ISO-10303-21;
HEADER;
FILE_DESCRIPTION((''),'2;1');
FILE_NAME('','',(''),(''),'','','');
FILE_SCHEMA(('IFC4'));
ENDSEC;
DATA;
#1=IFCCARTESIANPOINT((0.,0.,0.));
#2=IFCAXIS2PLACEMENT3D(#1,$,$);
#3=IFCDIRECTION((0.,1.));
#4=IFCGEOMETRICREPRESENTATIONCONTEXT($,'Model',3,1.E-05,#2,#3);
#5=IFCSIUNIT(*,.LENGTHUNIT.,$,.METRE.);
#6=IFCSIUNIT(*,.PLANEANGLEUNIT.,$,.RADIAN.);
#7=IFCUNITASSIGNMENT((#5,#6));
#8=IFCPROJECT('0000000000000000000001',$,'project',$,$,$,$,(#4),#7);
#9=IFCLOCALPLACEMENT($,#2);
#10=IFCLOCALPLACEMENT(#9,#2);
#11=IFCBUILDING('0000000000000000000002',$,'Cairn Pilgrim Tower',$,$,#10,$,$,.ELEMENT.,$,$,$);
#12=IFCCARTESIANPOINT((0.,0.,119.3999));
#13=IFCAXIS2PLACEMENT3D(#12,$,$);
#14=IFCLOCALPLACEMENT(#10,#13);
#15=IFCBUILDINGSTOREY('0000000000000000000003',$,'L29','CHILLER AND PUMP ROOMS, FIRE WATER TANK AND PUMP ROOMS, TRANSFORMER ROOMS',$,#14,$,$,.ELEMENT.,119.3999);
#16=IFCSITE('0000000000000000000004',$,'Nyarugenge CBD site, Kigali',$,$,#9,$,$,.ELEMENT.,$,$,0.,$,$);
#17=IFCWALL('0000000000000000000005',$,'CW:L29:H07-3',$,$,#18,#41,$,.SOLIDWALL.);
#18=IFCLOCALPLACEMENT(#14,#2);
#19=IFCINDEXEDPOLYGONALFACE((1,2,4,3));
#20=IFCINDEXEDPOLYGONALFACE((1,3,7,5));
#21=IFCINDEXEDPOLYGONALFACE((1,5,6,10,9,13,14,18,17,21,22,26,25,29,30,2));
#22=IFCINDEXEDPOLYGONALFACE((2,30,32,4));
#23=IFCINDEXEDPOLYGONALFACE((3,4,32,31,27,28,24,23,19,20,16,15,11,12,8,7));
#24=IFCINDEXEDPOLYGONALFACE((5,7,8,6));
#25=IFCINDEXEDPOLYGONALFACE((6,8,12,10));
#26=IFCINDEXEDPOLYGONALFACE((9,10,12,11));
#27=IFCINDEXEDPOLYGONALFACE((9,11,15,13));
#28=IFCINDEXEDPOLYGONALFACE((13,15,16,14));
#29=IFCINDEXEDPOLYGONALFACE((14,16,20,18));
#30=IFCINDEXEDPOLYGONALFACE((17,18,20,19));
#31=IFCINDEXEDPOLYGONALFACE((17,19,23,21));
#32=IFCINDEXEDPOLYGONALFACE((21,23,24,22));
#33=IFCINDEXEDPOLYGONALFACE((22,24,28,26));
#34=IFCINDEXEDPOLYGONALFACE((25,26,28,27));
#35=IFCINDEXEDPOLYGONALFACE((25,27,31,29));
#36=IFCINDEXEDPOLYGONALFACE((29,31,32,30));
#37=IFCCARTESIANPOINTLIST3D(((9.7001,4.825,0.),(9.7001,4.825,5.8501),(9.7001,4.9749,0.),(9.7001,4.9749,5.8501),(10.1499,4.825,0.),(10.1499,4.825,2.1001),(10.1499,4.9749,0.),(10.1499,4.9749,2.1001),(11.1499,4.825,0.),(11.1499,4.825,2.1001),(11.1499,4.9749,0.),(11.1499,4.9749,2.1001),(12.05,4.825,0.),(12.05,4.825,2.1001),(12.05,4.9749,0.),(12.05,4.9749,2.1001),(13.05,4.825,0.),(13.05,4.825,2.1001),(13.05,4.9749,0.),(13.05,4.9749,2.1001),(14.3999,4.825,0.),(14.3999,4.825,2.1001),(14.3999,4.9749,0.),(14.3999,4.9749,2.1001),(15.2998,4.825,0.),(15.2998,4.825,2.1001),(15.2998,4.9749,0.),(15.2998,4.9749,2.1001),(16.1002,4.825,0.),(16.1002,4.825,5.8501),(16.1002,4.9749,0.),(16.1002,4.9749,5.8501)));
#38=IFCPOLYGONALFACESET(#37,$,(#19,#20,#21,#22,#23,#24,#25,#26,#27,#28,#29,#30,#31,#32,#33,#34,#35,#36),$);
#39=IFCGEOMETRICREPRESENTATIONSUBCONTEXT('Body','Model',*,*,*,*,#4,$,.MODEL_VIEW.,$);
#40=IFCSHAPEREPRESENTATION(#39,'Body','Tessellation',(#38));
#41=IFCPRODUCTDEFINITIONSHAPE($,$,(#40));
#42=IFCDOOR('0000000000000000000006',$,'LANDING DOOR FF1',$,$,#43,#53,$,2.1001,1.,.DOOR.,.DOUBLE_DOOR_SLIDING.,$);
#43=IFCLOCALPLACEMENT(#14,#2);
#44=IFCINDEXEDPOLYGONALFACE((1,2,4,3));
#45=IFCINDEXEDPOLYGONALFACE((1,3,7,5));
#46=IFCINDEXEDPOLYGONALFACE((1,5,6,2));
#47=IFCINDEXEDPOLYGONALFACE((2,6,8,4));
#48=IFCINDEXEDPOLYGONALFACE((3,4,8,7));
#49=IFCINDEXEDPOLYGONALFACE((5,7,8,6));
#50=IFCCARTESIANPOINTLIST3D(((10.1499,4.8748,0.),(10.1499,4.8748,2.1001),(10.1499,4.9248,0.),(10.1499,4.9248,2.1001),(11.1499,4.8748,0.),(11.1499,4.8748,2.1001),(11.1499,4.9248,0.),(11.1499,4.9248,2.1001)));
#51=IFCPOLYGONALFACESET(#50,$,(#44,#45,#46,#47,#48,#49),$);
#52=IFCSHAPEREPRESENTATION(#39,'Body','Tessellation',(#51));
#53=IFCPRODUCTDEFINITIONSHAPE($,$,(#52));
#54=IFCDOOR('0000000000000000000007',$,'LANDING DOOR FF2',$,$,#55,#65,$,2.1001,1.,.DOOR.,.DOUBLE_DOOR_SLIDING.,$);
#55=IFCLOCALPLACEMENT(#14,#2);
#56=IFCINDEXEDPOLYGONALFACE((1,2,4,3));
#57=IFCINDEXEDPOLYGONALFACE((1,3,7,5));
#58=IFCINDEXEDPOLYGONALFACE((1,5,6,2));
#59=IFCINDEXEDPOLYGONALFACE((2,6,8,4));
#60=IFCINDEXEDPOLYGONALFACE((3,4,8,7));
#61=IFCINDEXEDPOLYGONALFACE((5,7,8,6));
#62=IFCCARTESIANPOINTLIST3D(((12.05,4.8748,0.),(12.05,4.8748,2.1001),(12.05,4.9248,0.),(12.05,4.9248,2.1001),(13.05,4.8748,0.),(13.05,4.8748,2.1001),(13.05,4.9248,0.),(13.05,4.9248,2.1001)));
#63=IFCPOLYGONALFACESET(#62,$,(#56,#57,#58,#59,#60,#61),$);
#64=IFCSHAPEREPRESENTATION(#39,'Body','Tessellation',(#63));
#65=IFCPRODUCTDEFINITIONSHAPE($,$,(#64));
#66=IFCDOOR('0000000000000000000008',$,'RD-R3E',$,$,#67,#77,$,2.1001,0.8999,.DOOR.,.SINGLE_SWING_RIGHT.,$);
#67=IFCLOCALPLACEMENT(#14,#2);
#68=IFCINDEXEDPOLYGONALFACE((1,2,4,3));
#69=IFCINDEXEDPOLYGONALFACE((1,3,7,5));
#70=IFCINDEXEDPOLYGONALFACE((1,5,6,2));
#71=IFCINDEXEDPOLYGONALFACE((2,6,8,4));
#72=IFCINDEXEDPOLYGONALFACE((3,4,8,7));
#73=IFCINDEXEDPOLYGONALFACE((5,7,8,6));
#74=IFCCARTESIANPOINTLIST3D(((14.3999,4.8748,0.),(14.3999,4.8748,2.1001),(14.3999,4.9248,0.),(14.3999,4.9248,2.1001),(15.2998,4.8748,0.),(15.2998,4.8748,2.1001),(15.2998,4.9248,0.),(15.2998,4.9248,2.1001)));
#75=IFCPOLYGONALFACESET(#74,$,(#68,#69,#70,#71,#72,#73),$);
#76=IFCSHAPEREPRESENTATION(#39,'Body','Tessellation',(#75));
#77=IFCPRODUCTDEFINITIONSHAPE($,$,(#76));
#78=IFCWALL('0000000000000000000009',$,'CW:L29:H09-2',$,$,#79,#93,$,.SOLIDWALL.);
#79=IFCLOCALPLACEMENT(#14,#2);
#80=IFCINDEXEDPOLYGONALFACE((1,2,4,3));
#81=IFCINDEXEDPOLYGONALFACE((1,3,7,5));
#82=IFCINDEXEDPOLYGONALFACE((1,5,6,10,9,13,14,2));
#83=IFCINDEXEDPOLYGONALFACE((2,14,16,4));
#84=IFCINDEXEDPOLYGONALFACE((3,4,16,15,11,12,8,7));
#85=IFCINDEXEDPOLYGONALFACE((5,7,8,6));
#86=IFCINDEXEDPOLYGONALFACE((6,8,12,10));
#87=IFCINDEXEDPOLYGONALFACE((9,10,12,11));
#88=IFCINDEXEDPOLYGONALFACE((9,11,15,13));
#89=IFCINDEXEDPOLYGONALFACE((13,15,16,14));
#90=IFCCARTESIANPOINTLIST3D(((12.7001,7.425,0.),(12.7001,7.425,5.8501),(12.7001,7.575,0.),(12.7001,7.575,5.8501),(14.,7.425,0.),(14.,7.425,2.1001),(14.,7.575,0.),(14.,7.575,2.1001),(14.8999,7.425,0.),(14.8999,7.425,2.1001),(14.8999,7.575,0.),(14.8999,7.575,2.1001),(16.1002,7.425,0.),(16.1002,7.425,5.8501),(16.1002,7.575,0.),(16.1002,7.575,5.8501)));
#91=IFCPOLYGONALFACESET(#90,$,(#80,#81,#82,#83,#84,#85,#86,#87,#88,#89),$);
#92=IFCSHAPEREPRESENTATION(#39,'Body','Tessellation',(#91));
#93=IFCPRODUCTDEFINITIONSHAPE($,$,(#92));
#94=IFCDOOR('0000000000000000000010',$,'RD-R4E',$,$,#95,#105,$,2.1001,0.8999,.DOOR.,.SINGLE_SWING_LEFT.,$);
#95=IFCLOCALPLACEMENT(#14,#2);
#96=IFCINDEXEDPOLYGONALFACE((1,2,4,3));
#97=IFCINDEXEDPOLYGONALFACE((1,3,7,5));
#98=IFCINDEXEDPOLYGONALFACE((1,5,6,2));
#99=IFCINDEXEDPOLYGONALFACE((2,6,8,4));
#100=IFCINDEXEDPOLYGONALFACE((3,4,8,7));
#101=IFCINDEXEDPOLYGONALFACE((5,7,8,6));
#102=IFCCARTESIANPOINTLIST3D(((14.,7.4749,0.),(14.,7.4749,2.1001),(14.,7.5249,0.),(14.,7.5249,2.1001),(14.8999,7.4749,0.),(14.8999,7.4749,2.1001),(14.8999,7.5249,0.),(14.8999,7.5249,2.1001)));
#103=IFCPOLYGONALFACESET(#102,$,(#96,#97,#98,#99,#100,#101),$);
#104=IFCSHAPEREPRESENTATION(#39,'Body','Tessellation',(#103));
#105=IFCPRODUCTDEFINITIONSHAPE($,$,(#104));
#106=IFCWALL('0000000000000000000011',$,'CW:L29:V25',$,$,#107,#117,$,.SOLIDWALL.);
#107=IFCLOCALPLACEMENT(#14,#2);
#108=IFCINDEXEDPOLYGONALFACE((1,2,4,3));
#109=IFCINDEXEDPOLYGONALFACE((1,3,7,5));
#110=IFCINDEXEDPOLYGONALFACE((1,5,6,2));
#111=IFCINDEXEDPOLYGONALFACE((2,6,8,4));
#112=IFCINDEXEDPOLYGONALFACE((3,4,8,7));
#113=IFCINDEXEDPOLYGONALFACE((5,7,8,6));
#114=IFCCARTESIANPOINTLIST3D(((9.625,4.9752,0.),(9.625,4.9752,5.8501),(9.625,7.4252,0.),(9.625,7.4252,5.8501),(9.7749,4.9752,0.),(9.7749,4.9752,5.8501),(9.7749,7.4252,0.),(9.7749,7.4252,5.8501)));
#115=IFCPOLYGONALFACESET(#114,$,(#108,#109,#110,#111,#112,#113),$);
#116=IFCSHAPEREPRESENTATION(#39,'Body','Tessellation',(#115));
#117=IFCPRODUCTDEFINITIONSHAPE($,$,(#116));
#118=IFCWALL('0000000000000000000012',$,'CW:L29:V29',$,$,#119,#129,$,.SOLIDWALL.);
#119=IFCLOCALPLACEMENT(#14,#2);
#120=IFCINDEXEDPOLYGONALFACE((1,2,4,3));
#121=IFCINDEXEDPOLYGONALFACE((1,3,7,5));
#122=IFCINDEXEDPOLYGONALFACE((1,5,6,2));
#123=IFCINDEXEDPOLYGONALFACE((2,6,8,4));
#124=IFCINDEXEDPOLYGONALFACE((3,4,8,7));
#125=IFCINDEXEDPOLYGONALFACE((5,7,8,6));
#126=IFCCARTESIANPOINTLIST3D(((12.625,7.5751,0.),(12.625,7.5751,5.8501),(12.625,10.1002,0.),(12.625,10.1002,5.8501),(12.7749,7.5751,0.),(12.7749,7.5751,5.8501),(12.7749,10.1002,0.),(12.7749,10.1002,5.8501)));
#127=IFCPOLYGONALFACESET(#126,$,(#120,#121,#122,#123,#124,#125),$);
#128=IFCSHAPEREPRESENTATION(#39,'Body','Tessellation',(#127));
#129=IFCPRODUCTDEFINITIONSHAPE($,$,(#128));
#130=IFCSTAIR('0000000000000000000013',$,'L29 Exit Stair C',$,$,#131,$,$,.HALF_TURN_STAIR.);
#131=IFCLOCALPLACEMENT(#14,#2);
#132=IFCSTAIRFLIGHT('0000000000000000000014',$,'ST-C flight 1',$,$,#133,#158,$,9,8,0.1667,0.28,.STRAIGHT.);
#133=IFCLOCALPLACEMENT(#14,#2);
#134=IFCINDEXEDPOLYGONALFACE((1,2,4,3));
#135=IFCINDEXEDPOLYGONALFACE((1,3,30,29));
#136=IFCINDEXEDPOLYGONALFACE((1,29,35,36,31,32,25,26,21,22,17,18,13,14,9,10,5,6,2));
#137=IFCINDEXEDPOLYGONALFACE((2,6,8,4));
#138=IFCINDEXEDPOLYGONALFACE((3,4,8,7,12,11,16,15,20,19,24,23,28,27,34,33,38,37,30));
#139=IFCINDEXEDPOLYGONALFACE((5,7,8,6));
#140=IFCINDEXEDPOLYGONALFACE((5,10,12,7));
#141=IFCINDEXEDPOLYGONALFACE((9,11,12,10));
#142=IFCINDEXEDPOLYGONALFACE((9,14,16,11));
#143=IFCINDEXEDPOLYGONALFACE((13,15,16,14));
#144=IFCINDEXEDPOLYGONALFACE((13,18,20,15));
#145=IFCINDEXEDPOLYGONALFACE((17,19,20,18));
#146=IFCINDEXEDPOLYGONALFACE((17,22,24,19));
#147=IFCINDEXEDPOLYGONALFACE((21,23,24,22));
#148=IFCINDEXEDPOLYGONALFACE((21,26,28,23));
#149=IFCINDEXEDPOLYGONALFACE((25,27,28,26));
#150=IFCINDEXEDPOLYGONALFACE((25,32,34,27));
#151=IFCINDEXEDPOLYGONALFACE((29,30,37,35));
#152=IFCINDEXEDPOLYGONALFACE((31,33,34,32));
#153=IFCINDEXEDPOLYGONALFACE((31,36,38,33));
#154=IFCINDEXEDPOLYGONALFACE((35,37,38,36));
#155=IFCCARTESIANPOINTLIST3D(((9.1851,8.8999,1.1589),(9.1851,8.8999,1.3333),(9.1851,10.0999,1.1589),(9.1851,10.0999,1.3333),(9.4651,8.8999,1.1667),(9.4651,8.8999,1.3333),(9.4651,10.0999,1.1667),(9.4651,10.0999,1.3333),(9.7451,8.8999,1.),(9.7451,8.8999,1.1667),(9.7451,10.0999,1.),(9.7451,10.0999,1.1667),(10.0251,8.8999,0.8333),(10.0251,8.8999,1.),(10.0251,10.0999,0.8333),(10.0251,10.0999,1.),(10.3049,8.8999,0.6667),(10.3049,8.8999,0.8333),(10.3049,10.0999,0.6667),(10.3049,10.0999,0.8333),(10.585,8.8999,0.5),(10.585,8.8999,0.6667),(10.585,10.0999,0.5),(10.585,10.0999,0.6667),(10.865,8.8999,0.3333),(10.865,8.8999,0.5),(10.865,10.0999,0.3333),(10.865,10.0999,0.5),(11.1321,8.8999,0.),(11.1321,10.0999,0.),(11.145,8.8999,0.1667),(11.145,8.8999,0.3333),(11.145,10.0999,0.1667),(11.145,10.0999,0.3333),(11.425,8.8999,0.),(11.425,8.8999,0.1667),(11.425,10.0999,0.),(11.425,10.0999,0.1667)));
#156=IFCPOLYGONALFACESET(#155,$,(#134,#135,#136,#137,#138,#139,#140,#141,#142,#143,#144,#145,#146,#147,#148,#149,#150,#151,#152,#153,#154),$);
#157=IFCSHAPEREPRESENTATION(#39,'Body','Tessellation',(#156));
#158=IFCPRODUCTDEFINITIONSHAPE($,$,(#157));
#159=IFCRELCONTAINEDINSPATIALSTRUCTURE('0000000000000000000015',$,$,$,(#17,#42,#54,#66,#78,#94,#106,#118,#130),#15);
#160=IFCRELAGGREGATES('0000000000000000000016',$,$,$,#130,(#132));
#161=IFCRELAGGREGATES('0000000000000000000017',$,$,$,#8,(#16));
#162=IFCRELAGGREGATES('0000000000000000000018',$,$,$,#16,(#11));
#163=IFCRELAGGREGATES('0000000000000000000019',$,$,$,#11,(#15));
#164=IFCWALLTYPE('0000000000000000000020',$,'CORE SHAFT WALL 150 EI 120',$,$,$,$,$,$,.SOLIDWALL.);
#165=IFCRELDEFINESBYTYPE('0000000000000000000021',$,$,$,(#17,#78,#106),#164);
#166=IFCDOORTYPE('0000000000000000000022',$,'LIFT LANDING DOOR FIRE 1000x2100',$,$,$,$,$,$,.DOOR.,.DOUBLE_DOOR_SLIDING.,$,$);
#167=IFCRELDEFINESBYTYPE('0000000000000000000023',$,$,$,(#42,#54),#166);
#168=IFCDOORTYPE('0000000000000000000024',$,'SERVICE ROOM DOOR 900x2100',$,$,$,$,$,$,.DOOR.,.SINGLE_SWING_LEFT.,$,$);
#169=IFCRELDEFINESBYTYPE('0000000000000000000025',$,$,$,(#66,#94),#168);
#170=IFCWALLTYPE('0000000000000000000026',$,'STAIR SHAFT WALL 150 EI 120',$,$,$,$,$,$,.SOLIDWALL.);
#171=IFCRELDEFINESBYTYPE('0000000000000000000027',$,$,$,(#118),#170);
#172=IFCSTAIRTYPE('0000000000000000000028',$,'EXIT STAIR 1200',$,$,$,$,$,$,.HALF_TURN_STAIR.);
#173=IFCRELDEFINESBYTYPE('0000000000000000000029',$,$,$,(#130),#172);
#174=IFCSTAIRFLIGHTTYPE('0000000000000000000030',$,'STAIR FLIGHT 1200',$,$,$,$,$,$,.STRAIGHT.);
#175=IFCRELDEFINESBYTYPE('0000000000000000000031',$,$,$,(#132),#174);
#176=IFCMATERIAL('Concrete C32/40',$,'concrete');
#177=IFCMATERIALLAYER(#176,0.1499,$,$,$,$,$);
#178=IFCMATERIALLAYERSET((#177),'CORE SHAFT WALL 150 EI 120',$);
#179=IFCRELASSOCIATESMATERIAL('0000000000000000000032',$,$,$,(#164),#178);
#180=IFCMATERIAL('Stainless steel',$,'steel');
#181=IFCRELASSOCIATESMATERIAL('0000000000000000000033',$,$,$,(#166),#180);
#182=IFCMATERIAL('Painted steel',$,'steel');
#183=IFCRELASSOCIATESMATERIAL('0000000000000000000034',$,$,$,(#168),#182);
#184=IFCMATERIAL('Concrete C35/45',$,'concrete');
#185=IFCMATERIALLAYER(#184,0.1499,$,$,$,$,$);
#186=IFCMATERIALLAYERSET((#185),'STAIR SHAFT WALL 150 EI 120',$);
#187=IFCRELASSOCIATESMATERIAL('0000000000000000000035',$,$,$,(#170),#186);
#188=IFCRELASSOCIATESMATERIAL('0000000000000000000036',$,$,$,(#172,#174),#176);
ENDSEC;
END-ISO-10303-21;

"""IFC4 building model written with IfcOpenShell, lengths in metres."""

from ifc_helpers import new_model, si_unit, direction, frame, frame_2d, origin, place, context, subcontext, project, spatial, polyline, rectangle, outline, extrude, material, layer, layer_set, type_object, element, fill, aggregate, save


model = new_model("IFC4")

# Units and contexts
model_context = context("Model", 3, precision=1e-05, world=origin(), true_north=direction((0.0, 1.0)))
body_context = subcontext(model_context, "Body", "Model", "MODEL_VIEW")
ifc_project = project(units=[si_unit("LENGTHUNIT", "METRE"), si_unit("PLANEANGLEUNIT", "RADIAN")], contexts=[model_context])

# Site, building, storey
site_placement = place(None, origin())
site = spatial("IfcSite", under=ifc_project, at=site_placement, Name="Nyarugenge CBD site, Kigali", CompositionType="ELEMENT", RefElevation=0.0)
building_placement = place(site_placement, origin())
building = spatial("IfcBuilding", under=site, at=building_placement, Name="Cairn Pilgrim Tower", CompositionType="ELEMENT")
storey_placement = place(building_placement, frame((0.0, 0.0, 119.3999)))
storey = spatial("IfcBuildingStorey", under=building, at=storey_placement, Name="L29", Description="CHILLER AND PUMP ROOMS, FIRE WATER TANK AND PUMP ROOMS, TRANSFORMER ROOMS", CompositionType="ELEMENT", Elevation=119.3999)

# Wall, openings, doors
ifc_material_1 = material(Name="Concrete C32/40", Category="concrete")
ifc_layer_1 = layer(ifc_material_1, 0.1499)
ifc_layer_set_1 = layer_set([ifc_layer_1], Name="CORE SHAFT WALL 150 EI 120")
wall_type_1 = type_object("IfcWallType", Name="CORE SHAFT WALL 150 EI 120", PredefinedType="SOLIDWALL", material=ifc_layer_set_1)
wall_1_placement = place(storey_placement, frame((9.7, 4.8999, 0.0), z_axis=(0.0, 0.0, 1.0), x_axis=(1.0, 0.0, 0.0)))
wall_1 = element("IfcWall", 1, at=wall_1_placement, inside=storey, type_object=wall_type_1, Name="CW:L29:H07-3", PredefinedType="SOLIDWALL", context=body_context, shape_type="SweptSolid", body=[
    extrude(rectangle(XDim=6.4001, YDim=0.1499, at=frame_2d((3.2002, 0.0))), origin(), (0.0, 0.0, 1.0), 5.8501),
])
opening_1_placement = place(wall_1_placement, frame((0.45, 0.0, 0.0)))
opening_1 = element("IfcOpeningElement", 2, at=opening_1_placement, cuts=wall_1, PredefinedType="OPENING", context=body_context, shape_type="SweptSolid", body=[
    extrude(rectangle(XDim=1.0, YDim=2.1001, at=frame_2d((0.5, 1.05))), frame((0.0, 0.085, 0.0), z_axis=(0.0, -1.0, 0.0), x_axis=(1.0, 0.0, 0.0)), (0.0, 0.0, 1.0), 0.1699),
])
opening_2_placement = place(wall_1_placement, frame((2.3501, 0.0, 0.0)))
opening_2 = element("IfcOpeningElement", 3, at=opening_2_placement, cuts=wall_1, PredefinedType="OPENING", context=body_context, shape_type="SweptSolid", body=[
    extrude(rectangle(XDim=1.0, YDim=2.1001, at=frame_2d((0.5, 1.05))), frame((0.0, 0.085, 0.0), z_axis=(0.0, -1.0, 0.0), x_axis=(1.0, 0.0, 0.0)), (0.0, 0.0, 1.0), 0.1699),
])
opening_3_placement = place(wall_1_placement, frame((4.7, 0.0, 0.0)))
opening_3 = element("IfcOpeningElement", 4, at=opening_3_placement, cuts=wall_1, PredefinedType="OPENING", context=body_context, shape_type="SweptSolid", body=[
    extrude(rectangle(XDim=0.8999, YDim=2.1001, at=frame_2d((0.45, 1.05))), frame((0.0, 0.085, 0.0), z_axis=(0.0, -1.0, 0.0), x_axis=(1.0, 0.0, 0.0)), (0.0, 0.0, 1.0), 0.1699),
])
ifc_material_2 = material(Name="Stainless steel", Category="steel")
door_type_1 = type_object("IfcDoorType", Name="LIFT LANDING DOOR FIRE 1000x2100", OperationType="DOUBLE_DOOR_SLIDING", PredefinedType="DOOR", material=ifc_material_2)
door_1_placement = place(opening_1_placement, origin())
door_1 = element("IfcDoor", 5, at=door_1_placement, inside=storey, type_object=door_type_1, Name="LANDING DOOR FF1", OperationType="DOUBLE_DOOR_SLIDING", OverallHeight=2.1001, OverallWidth=1.0, PredefinedType="DOOR", context=body_context, shape_type="SweptSolid", body=[
    extrude(rectangle(XDim=1.0, YDim=2.1001, at=frame_2d((0.5, 1.05))), frame((0.0, 0.0249, 0.0), z_axis=(0.0, -1.0, 0.0), x_axis=(1.0, 0.0, 0.0)), (0.0, 0.0, 1.0), 0.05),
])
fill(opening_1, door_1)
door_2_placement = place(opening_2_placement, origin())
door_2 = element("IfcDoor", 6, at=door_2_placement, inside=storey, type_object=door_type_1, Name="LANDING DOOR FF2", OperationType="DOUBLE_DOOR_SLIDING", OverallHeight=2.1001, OverallWidth=1.0, PredefinedType="DOOR", context=body_context, shape_type="SweptSolid", body=[
    extrude(rectangle(XDim=1.0, YDim=2.1001, at=frame_2d((0.5, 1.05))), frame((0.0, 0.0249, 0.0), z_axis=(0.0, -1.0, 0.0), x_axis=(1.0, 0.0, 0.0)), (0.0, 0.0, 1.0), 0.05),
])
fill(opening_2, door_2)
ifc_material_3 = material(Name="Painted steel", Category="steel")
door_type_2 = type_object("IfcDoorType", Name="SERVICE ROOM DOOR 900x2100", OperationType="SINGLE_SWING_LEFT", PredefinedType="DOOR", material=ifc_material_3)
door_3_placement = place(opening_3_placement, origin())
door_3 = element("IfcDoor", 7, at=door_3_placement, inside=storey, type_object=door_type_2, Name="RD-R3E", OperationType="SINGLE_SWING_RIGHT", OverallHeight=2.1001, OverallWidth=0.8999, PredefinedType="DOOR", context=body_context, shape_type="SweptSolid", body=[
    extrude(rectangle(XDim=0.8999, YDim=2.1001, at=frame_2d((0.45, 1.05))), frame((0.0, 0.0249, 0.0), z_axis=(0.0, -1.0, 0.0), x_axis=(1.0, 0.0, 0.0)), (0.0, 0.0, 1.0), 0.05),
])
fill(opening_3, door_3)

# Wall, opening, door
wall_2_placement = place(storey_placement, frame((12.7, 7.5, 0.0), z_axis=(0.0, 0.0, 1.0), x_axis=(1.0, 0.0, 0.0)))
wall_2 = element("IfcWall", 8, at=wall_2_placement, inside=storey, type_object=wall_type_1, Name="CW:L29:H09-2", PredefinedType="SOLIDWALL", context=body_context, shape_type="SweptSolid", body=[
    extrude(rectangle(XDim=3.4001, YDim=0.1499, at=frame_2d((1.7002, 0.0))), origin(), (0.0, 0.0, 1.0), 5.8501),
])
opening_4_placement = place(wall_2_placement, frame((1.3, 0.0, 0.0)))
opening_4 = element("IfcOpeningElement", 9, at=opening_4_placement, cuts=wall_2, PredefinedType="OPENING", context=body_context, shape_type="SweptSolid", body=[
    extrude(rectangle(XDim=0.8999, YDim=2.1001, at=frame_2d((0.45, 1.05))), frame((0.0, 0.085, 0.0), z_axis=(0.0, -1.0, 0.0), x_axis=(1.0, 0.0, 0.0)), (0.0, 0.0, 1.0), 0.1699),
])
door_4_placement = place(opening_4_placement, origin())
door_4 = element("IfcDoor", 10, at=door_4_placement, inside=storey, type_object=door_type_2, Name="RD-R4E", OperationType="SINGLE_SWING_LEFT", OverallHeight=2.1001, OverallWidth=0.8999, PredefinedType="DOOR", context=body_context, shape_type="SweptSolid", body=[
    extrude(rectangle(XDim=0.8999, YDim=2.1001, at=frame_2d((0.45, 1.05))), frame((0.0, 0.0249, 0.0), z_axis=(0.0, -1.0, 0.0), x_axis=(1.0, 0.0, 0.0)), (0.0, 0.0, 1.0), 0.05),
])
fill(opening_4, door_4)

# Walls
wall_3_placement = place(storey_placement, frame((9.7, 4.9751, 0.0), z_axis=(0.0, 0.0, 1.0), x_axis=(0.0, 1.0, 0.0)))
element("IfcWall", 11, at=wall_3_placement, inside=storey, type_object=wall_type_1, Name="CW:L29:V25", PredefinedType="SOLIDWALL", context=body_context, shape_type="SweptSolid", body=[
    extrude(rectangle(XDim=2.45, YDim=0.1499, at=frame_2d((1.2251, 0.0))), origin(), (0.0, 0.0, 1.0), 5.8501),
])
ifc_material_4 = material(Name="Concrete C35/45", Category="concrete")
ifc_layer_2 = layer(ifc_material_4, 0.1499)
ifc_layer_set_2 = layer_set([ifc_layer_2], Name="STAIR SHAFT WALL 150 EI 120")
wall_type_2 = type_object("IfcWallType", Name="STAIR SHAFT WALL 150 EI 120", PredefinedType="SOLIDWALL", material=ifc_layer_set_2)
wall_4_placement = place(storey_placement, frame((12.7, 7.575, 0.0), z_axis=(0.0, 0.0, 1.0), x_axis=(0.0, 1.0, 0.0)))
element("IfcWall", 12, at=wall_4_placement, inside=storey, type_object=wall_type_2, Name="CW:L29:V29", PredefinedType="SOLIDWALL", context=body_context, shape_type="SweptSolid", body=[
    extrude(rectangle(XDim=2.5251, YDim=0.1499, at=frame_2d((1.2627, 0.0))), origin(), (0.0, 0.0, 1.0), 5.8501),
])

# Stair, stair flight
stair_type = type_object("IfcStairType", Name="EXIT STAIR 1200", PredefinedType="HALF_TURN_STAIR", material=ifc_material_1)
stair_placement = place(storey_placement, origin())
stair = element("IfcStair", 13, at=stair_placement, inside=storey, type_object=stair_type, Name="L29 Exit Stair C", PredefinedType="HALF_TURN_STAIR")
stair_flight_type = type_object("IfcStairFlightType", Name="STAIR FLIGHT 1200", PredefinedType="STRAIGHT", material=ifc_material_1)
stair_flight_1_placement = place(storey_placement, frame((11.425, 9.5, 0.0), z_axis=(0.0, 0.0, 1.0), x_axis=(-1.0, 0.0, 0.0)))
stair_flight_1 = element("IfcStairFlight", 14, at=stair_flight_1_placement, type_object=stair_flight_type, Name="ST-C flight 1", NumberOfRisers=9, NumberOfTreads=8, PredefinedType="STRAIGHT", RiserHeight=0.1667, TreadLength=0.28, context=body_context, shape_type="SweptSolid", body=[
    extrude(outline(polyline([(0.0, 0.0), (0.0, 0.1667), (0.28, 0.1667), (0.28, 0.3333), (0.5601, 0.3333), (0.5601, 0.5), (0.8401, 0.5), (0.8401, 0.6667), (1.1201, 0.6667), (1.1201, 0.8333), (1.3999, 0.8333), (1.3999, 1.0), (1.6799, 1.0), (1.6799, 1.1667), (1.96, 1.1667), (1.96, 1.3333), (2.24, 1.3333), (2.24, 1.5), (2.24, 1.1589), (0.293, 0.0), (0.0, 0.0)])), frame((0.0, 0.6001, 0.0), z_axis=(0.0, -1.0, 0.0), x_axis=(1.0, 0.0, 0.0)), (0.0, 0.0, 1.0), 1.2),
])
aggregate(stair, [stair_flight_1])

save(model, "model.ifc")
